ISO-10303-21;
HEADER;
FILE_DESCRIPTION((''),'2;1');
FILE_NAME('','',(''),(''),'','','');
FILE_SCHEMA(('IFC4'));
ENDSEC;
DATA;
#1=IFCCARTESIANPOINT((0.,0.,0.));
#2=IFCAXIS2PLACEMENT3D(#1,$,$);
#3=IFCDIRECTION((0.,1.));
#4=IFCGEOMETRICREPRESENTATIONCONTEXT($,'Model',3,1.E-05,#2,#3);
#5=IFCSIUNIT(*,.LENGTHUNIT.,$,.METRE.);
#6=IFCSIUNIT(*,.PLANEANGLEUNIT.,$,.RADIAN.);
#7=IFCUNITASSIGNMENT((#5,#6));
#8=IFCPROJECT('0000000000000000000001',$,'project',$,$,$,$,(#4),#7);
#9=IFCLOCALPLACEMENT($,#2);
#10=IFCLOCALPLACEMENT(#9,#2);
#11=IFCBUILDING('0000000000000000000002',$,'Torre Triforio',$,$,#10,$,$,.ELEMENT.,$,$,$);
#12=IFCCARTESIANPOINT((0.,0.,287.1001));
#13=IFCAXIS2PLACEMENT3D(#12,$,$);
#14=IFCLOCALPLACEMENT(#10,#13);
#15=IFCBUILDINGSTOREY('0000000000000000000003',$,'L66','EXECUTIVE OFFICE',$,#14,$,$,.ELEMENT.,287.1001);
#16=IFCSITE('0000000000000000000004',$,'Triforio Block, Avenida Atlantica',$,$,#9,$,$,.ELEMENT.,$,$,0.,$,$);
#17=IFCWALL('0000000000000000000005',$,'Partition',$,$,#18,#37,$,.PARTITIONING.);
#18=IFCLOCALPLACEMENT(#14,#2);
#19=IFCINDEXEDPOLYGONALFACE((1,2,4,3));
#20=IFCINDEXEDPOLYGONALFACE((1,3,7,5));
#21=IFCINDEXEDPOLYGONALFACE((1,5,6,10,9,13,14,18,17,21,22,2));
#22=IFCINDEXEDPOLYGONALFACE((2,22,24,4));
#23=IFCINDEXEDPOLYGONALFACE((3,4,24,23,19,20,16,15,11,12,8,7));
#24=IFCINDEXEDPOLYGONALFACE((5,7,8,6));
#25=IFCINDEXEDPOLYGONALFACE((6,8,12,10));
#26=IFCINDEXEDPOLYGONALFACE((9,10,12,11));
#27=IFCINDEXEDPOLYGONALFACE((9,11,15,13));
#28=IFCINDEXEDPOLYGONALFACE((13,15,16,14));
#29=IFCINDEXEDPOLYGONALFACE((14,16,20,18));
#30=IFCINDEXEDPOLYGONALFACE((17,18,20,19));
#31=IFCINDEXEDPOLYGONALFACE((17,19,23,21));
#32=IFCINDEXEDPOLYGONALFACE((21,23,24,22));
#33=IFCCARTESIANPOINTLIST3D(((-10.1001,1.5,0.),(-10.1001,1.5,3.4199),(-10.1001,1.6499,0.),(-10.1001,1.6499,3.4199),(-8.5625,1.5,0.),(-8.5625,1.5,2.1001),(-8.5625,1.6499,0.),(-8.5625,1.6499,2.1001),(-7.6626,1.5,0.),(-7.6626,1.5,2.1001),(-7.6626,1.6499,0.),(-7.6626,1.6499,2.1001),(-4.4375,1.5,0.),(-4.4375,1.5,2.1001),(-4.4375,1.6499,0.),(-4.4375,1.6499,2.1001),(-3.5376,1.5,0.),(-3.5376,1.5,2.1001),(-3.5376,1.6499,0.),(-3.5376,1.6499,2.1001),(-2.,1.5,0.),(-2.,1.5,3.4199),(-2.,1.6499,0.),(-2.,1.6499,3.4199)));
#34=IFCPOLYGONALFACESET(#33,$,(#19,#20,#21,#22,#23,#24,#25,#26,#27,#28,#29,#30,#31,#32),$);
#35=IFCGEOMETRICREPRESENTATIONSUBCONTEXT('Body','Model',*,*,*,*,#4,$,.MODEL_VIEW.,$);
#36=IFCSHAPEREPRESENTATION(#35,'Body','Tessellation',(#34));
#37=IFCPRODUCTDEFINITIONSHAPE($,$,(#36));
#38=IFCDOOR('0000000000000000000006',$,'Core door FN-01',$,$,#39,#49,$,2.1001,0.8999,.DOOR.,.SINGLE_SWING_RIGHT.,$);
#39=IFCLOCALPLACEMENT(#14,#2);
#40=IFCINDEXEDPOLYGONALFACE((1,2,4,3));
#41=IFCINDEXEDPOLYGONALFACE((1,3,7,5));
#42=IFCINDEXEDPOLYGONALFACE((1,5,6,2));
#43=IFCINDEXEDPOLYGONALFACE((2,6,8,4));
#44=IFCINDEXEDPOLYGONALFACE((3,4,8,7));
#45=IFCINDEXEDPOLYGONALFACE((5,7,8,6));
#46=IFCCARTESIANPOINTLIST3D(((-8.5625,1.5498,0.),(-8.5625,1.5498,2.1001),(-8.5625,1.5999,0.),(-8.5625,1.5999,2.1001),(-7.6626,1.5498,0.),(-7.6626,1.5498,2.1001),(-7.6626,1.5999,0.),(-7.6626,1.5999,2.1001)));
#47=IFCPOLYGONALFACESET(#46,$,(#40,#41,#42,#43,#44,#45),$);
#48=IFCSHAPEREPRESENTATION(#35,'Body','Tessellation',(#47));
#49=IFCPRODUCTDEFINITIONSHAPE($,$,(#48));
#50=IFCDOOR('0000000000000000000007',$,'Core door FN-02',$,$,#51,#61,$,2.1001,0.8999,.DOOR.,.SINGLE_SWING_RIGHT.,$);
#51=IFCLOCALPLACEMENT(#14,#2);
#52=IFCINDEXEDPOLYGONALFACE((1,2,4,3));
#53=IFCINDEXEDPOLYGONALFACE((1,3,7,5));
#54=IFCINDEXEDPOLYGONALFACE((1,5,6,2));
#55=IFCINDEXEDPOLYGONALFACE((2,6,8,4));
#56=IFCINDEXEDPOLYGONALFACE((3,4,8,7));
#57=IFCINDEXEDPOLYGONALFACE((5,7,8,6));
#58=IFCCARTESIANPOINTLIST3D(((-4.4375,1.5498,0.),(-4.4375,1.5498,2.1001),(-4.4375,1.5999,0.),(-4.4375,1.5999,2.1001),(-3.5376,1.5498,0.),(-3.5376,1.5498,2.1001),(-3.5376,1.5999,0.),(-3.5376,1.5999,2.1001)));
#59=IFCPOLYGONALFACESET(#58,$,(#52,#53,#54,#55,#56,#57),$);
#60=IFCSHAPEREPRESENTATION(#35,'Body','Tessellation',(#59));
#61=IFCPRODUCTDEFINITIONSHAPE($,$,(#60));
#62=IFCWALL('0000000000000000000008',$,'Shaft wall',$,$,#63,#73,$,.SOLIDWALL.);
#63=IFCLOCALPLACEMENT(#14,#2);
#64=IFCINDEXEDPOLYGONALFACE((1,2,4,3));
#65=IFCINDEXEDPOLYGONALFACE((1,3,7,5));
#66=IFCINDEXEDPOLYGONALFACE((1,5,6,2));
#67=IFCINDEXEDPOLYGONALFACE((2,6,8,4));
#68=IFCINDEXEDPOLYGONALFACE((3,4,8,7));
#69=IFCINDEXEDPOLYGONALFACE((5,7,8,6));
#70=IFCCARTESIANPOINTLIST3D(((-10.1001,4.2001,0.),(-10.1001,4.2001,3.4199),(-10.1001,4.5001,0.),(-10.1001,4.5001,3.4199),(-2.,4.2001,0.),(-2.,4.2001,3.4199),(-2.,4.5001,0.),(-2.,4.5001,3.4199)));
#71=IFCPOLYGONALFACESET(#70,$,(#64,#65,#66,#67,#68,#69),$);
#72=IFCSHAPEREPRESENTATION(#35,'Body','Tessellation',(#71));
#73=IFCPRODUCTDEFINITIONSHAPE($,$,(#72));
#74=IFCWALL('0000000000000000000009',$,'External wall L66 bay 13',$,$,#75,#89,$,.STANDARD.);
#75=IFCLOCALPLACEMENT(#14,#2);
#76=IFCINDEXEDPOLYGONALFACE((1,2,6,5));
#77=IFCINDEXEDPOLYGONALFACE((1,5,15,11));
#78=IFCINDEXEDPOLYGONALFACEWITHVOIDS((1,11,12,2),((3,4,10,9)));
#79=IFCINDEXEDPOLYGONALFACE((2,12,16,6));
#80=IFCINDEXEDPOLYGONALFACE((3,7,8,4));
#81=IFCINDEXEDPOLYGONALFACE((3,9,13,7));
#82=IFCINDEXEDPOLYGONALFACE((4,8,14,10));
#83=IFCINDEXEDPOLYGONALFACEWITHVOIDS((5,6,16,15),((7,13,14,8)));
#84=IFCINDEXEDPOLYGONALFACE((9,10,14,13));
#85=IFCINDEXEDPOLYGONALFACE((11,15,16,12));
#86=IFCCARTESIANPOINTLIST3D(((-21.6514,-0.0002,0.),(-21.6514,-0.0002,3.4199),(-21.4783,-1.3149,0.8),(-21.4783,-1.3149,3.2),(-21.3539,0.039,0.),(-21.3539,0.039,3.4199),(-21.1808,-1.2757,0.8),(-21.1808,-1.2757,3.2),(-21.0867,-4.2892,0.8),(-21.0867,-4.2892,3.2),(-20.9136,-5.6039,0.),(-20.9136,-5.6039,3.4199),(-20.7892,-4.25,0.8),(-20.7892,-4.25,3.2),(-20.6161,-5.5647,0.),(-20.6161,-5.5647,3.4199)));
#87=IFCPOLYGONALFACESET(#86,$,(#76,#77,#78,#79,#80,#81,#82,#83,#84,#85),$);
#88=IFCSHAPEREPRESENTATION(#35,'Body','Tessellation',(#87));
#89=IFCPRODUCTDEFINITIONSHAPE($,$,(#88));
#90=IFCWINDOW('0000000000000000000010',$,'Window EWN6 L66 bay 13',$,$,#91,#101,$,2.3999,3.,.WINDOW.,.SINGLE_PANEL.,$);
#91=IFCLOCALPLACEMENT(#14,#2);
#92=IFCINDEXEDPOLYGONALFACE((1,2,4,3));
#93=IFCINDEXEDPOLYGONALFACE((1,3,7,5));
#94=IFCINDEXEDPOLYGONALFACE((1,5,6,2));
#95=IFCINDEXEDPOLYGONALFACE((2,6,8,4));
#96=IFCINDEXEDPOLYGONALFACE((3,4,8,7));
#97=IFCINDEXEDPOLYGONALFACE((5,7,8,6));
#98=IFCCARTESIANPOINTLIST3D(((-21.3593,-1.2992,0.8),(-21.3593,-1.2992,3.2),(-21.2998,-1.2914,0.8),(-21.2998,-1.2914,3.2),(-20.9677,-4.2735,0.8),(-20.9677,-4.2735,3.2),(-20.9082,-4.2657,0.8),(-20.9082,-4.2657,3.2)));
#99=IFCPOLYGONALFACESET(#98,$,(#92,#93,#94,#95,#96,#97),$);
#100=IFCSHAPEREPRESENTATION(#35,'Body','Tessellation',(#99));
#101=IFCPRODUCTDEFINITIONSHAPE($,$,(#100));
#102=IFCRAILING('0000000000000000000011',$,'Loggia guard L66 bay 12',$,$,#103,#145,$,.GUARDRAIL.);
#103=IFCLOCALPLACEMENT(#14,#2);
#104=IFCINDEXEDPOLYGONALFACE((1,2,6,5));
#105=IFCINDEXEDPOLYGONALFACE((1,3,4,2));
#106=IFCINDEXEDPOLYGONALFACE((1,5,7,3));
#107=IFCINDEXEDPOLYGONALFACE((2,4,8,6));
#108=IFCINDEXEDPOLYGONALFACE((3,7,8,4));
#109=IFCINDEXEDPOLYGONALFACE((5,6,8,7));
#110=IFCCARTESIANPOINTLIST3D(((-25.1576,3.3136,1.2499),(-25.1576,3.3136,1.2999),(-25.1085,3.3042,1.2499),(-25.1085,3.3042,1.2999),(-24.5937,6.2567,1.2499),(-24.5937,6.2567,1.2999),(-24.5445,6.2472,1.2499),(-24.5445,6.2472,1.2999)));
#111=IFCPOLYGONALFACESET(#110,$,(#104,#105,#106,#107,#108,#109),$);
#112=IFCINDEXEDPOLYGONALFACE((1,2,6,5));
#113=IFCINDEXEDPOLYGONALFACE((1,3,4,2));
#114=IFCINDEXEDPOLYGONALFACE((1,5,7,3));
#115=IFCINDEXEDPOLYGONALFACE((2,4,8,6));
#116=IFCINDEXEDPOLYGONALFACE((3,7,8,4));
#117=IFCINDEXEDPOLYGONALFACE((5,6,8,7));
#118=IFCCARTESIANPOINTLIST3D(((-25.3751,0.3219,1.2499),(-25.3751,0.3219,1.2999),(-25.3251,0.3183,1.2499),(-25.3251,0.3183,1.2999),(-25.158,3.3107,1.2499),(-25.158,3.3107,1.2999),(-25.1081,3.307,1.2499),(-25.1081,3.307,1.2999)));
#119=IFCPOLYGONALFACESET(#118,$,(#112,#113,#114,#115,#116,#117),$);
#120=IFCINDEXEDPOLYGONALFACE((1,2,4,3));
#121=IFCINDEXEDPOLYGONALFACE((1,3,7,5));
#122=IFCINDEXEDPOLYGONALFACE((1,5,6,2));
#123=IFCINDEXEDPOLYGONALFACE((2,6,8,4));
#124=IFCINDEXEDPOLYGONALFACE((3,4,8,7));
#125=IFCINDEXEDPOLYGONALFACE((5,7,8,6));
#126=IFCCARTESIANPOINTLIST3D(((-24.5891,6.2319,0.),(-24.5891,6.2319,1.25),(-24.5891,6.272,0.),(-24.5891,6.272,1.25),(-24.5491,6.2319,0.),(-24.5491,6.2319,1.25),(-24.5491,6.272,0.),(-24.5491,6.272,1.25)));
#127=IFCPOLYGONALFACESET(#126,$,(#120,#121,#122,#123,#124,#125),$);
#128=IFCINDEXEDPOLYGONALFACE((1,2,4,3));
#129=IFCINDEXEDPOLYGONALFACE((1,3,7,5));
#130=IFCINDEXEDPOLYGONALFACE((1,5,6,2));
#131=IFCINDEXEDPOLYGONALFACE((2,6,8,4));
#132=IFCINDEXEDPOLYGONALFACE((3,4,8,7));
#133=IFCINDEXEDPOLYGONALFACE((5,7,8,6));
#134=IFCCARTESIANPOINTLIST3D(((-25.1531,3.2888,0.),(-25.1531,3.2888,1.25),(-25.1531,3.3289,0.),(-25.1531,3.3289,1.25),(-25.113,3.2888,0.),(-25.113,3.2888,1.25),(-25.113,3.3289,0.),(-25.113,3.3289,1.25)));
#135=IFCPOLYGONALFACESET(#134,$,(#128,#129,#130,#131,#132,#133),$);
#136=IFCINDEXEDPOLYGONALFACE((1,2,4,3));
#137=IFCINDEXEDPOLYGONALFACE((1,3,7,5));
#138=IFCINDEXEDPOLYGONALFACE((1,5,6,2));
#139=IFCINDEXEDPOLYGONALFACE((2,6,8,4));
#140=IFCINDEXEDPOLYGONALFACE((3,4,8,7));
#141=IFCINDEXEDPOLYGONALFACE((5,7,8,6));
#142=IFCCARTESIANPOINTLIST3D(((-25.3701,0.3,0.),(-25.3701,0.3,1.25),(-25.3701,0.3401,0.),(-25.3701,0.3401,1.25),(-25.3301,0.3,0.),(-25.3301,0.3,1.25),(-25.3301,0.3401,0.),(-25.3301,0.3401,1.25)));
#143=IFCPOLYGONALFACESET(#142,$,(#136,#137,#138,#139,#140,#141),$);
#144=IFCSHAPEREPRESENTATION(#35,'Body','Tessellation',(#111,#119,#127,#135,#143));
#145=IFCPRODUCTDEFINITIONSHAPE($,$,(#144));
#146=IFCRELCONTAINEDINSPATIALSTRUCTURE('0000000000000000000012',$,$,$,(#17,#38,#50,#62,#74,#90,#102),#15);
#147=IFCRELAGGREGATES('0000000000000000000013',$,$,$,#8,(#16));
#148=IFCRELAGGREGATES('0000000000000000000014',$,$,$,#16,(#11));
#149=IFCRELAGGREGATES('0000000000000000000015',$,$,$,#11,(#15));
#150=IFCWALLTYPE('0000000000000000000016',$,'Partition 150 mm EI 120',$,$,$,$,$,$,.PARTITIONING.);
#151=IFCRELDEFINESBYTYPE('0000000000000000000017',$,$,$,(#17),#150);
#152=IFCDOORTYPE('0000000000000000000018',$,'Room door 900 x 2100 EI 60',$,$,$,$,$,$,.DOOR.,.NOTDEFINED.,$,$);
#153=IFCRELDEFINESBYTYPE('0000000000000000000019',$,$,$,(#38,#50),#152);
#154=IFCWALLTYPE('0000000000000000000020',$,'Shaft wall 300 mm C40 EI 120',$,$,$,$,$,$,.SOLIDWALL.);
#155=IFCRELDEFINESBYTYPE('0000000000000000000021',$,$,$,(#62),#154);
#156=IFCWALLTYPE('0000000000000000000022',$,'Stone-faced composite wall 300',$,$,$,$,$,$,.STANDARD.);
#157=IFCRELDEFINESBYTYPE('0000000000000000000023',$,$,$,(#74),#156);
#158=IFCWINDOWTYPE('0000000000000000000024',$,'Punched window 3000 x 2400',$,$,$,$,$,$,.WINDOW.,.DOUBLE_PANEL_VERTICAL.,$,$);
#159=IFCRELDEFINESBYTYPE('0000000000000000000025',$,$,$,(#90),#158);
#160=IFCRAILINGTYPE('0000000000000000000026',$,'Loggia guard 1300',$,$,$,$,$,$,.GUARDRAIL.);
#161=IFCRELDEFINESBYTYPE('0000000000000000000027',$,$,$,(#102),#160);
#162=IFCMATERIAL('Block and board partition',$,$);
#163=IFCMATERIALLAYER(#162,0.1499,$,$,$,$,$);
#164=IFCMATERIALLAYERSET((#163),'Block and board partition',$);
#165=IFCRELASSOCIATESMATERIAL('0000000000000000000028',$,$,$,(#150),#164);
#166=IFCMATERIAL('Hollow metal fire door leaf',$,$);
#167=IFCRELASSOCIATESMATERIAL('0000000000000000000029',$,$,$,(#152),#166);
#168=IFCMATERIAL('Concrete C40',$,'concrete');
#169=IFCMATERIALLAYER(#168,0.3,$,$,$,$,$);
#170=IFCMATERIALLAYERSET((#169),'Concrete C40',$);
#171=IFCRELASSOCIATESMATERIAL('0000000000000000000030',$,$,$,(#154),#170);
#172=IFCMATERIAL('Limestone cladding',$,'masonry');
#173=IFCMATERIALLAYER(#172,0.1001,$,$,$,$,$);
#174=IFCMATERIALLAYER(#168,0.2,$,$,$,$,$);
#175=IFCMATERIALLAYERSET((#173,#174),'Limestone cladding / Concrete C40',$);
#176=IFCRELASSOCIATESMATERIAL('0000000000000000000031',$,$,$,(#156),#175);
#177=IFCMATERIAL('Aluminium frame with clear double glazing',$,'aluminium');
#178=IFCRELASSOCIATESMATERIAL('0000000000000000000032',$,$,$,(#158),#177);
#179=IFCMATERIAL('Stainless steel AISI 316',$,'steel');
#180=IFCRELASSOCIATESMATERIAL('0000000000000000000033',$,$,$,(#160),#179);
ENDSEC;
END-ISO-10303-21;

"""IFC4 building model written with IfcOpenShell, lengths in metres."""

from ifc_helpers import new_model, si_unit, direction, frame, frame_2d, origin, origin_2d, place, context, subcontext, project, spatial, rectangle, extrude, material, layer, layer_set, type_object, element, fill, save


model = new_model("IFC4")

# Units and contexts
model_context = context("Model", 3, precision=1e-05, world=origin(), true_north=direction((0.0, 1.0)))
body_context = subcontext(model_context, "Body", "Model", "MODEL_VIEW")
ifc_project = project(units=[si_unit("LENGTHUNIT", "METRE"), si_unit("PLANEANGLEUNIT", "RADIAN")], contexts=[model_context])

# Site, building, storey
site_placement = place(None, origin())
site = spatial("IfcSite", under=ifc_project, at=site_placement, Name="Triforio Block, Avenida Atlantica", CompositionType="ELEMENT", RefElevation=0.0)
building_placement = place(site_placement, origin())
building = spatial("IfcBuilding", under=site, at=building_placement, Name="Torre Triforio", CompositionType="ELEMENT")
storey_placement = place(building_placement, frame((0.0, 0.0, 287.1001)))
storey = spatial("IfcBuildingStorey", under=building, at=storey_placement, Name="L66", Description="EXECUTIVE OFFICE", CompositionType="ELEMENT", Elevation=287.1001)

# Shared definitions
ifc_material_1 = material(Name="Concrete C40", Category="concrete")

# Shared definitions
ifc_material_2 = material(Name="Hollow metal fire door leaf")

# Wall, openings, doors
ifc_material_3 = material(Name="Block and board partition")
ifc_layer_1 = layer(ifc_material_3, 0.1499)
ifc_layer_set_1 = layer_set([ifc_layer_1], Name="Block and board partition")
wall_type_1 = type_object("IfcWallType", Name="Partition 150 mm EI 120", PredefinedType="PARTITIONING", material=ifc_layer_set_1)
wall_1_placement = place(storey_placement, frame((-10.1001, 1.575, 0.0), z_axis=(0.0, 0.0, 1.0), x_axis=(1.0, 0.0, 0.0)))
wall_1 = element("IfcWall", 1, at=wall_1_placement, inside=storey, type_object=wall_type_1, Name="Partition", PredefinedType="PARTITIONING", context=body_context, shape_type="SweptSolid", body=[
    extrude(rectangle(XDim=8.1001, YDim=0.1499, at=frame_2d((4.05, 0.0))), origin(), (0.0, 0.0, 1.0), 3.4199),
])
opening_1_placement = place(wall_1_placement, frame((1.5376, 0.0, 0.0)))
opening_1 = element("IfcOpeningElement", 2, at=opening_1_placement, cuts=wall_1, PredefinedType="OPENING", context=body_context, shape_type="SweptSolid", body=[
    extrude(rectangle(XDim=0.8999, YDim=2.1001, at=frame_2d((0.45, 1.05))), frame((0.0, 0.085, 0.0), z_axis=(0.0, -1.0, 0.0), x_axis=(1.0, 0.0, 0.0)), (0.0, 0.0, 1.0), 0.1699),
])
opening_2_placement = place(wall_1_placement, frame((5.6626, 0.0, 0.0)))
opening_2 = element("IfcOpeningElement", 3, at=opening_2_placement, cuts=wall_1, PredefinedType="OPENING", context=body_context, shape_type="SweptSolid", body=[
    extrude(rectangle(XDim=0.8999, YDim=2.1001, at=frame_2d((0.45, 1.05))), frame((0.0, 0.085, 0.0), z_axis=(0.0, -1.0, 0.0), x_axis=(1.0, 0.0, 0.0)), (0.0, 0.0, 1.0), 0.1699),
])
door_type_1 = type_object("IfcDoorType", Name="Room door 900 x 2100 EI 60", OperationType="NOTDEFINED", PredefinedType="DOOR", material=ifc_material_2)
door_1_placement = place(opening_1_placement, origin())
door_1 = element("IfcDoor", 4, at=door_1_placement, inside=storey, type_object=door_type_1, Name="Core door FN-01", OperationType="SINGLE_SWING_RIGHT", OverallHeight=2.1001, OverallWidth=0.8999, PredefinedType="DOOR", context=body_context, shape_type="SweptSolid", body=[
    extrude(rectangle(XDim=0.8999, YDim=2.1001, at=frame_2d((0.45, 1.05))), frame((0.0, 0.0249, 0.0), z_axis=(0.0, -1.0, 0.0), x_axis=(1.0, 0.0, 0.0)), (0.0, 0.0, 1.0), 0.05),
])
fill(opening_1, door_1)
door_2_placement = place(opening_2_placement, origin())
door_2 = element("IfcDoor", 5, at=door_2_placement, inside=storey, type_object=door_type_1, Name="Core door FN-02", OperationType="SINGLE_SWING_RIGHT", OverallHeight=2.1001, OverallWidth=0.8999, PredefinedType="DOOR", context=body_context, shape_type="SweptSolid", body=[
    extrude(rectangle(XDim=0.8999, YDim=2.1001, at=frame_2d((0.45, 1.05))), frame((0.0, 0.0249, 0.0), z_axis=(0.0, -1.0, 0.0), x_axis=(1.0, 0.0, 0.0)), (0.0, 0.0, 1.0), 0.05),
])
fill(opening_2, door_2)

# Wall
ifc_layer_2 = layer(ifc_material_1, 0.3)
ifc_layer_set_2 = layer_set([ifc_layer_2], Name="Concrete C40")
wall_type_2 = type_object("IfcWallType", Name="Shaft wall 300 mm C40 EI 120", PredefinedType="SOLIDWALL", material=ifc_layer_set_2)
wall_2_placement = place(storey_placement, frame((-10.1001, 4.3501, 0.0), z_axis=(0.0, 0.0, 1.0), x_axis=(1.0, 0.0, 0.0)))
element("IfcWall", 6, at=wall_2_placement, inside=storey, type_object=wall_type_2, Name="Shaft wall", PredefinedType="SOLIDWALL", context=body_context, shape_type="SweptSolid", body=[
    extrude(rectangle(XDim=8.1001, YDim=0.3, at=frame_2d((4.05, 0.0))), origin(), (0.0, 0.0, 1.0), 3.4199),
])

# Shared definitions
ifc_material_4 = material(Name="Limestone cladding", Category="masonry")
ifc_layer_3 = layer(ifc_material_4, 0.1001)
ifc_layer_4 = layer(ifc_material_1, 0.2)
ifc_layer_set_3 = layer_set([ifc_layer_3, ifc_layer_4], Name="Limestone cladding / Concrete C40")
wall_type_3 = type_object("IfcWallType", Name="Stone-faced composite wall 300", PredefinedType="STANDARD", material=ifc_layer_set_3)
ifc_material_5 = material(Name="Aluminium frame with clear double glazing", Category="aluminium")

# Wall, opening, window
wall_3_placement = place(storey_placement, frame((-21.5027, 0.0195, 0.0), z_axis=(0.0, 0.0, 1.0), x_axis=(0.130534, -0.991444, 0.0)))
wall_3 = element("IfcWall", 7, at=wall_3_placement, inside=storey, type_object=wall_type_3, Name="External wall L66 bay 13", PredefinedType="STANDARD", context=body_context, shape_type="SweptSolid", body=[
    extrude(rectangle(XDim=5.6521, YDim=0.3, at=frame_2d((2.8262, 0.0))), origin(), (0.0, 0.0, 1.0), 3.4199),
])
opening_3_placement = place(wall_3_placement, frame((1.3262, 0.0, 0.8)))
opening_3 = element("IfcOpeningElement", 8, at=opening_3_placement, cuts=wall_3, PredefinedType="OPENING", context=body_context, shape_type="SweptSolid", body=[
    extrude(rectangle(XDim=3.0, YDim=2.3999, at=frame_2d((1.5, 1.2))), frame((0.0, 0.1599, 0.0), z_axis=(0.0, -1.0, 0.0), x_axis=(1.0, 0.0, 0.0)), (0.0, 0.0, 1.0), 0.3201),
])
window_type_1 = type_object("IfcWindowType", Name="Punched window 3000 x 2400", PartitioningType="DOUBLE_PANEL_VERTICAL", PredefinedType="WINDOW", material=ifc_material_5)
window_1_placement = place(opening_3_placement, origin())
window_1 = element("IfcWindow", 9, at=window_1_placement, inside=storey, type_object=window_type_1, Name="Window EWN6 L66 bay 13", OverallHeight=2.3999, OverallWidth=3.0, PartitioningType="SINGLE_PANEL", PredefinedType="WINDOW", context=body_context, shape_type="SweptSolid", body=[
    extrude(rectangle(XDim=3.0, YDim=2.3999, at=frame_2d((1.5, 1.2))), frame((0.0, 0.03, 0.0), z_axis=(0.0, -1.0, 0.0), x_axis=(1.0, 0.0, 0.0)), (0.0, 0.0, 1.0), 0.0601),
])
fill(opening_3, window_1)

# Railing
ifc_material_6 = material(Name="Stainless steel AISI 316", Category="steel")
railing_type = type_object("IfcRailingType", Name="Loggia guard 1300", PredefinedType="GUARDRAIL", material=ifc_material_6)
railing_placement = place(storey_placement, frame((-24.5691, 6.252, 0.0)))
element("IfcRailing", 10, at=railing_placement, inside=storey, type_object=railing_type, Name="Loggia guard L66 bay 12", PredefinedType="GUARDRAIL", context=body_context, shape_type="SweptSolid", body=[
    extrude(rectangle(XDim=0.05, YDim=0.05, at=origin_2d()), frame((0.0, 0.0, 1.2749), z_axis=(-0.188198, -0.982131, 0.0), x_axis=(0.982131, -0.188198, 0.0)), (0.0, 0.0, 1.0), 2.9966),
    extrude(rectangle(XDim=0.05, YDim=0.05, at=origin_2d()), frame((-0.564, -2.9431, 1.2749), z_axis=(-0.072428, -0.997374, 0.0), x_axis=(0.997374, -0.072428, 0.0)), (0.0, 0.0, 1.0), 2.9966),
    extrude(rectangle(XDim=0.04, YDim=0.04, at=origin_2d()), origin(), (0.0, 0.0, 1.0), 1.25),
    extrude(rectangle(XDim=0.04, YDim=0.04, at=origin_2d()), frame((-0.564, -2.9431, 0.0)), (0.0, 0.0, 1.0), 1.25),
    extrude(rectangle(XDim=0.04, YDim=0.04, at=origin_2d()), frame((-0.781, -5.9319, 0.0)), (0.0, 0.0, 1.0), 1.25),
])

save(model, "model.ifc")
